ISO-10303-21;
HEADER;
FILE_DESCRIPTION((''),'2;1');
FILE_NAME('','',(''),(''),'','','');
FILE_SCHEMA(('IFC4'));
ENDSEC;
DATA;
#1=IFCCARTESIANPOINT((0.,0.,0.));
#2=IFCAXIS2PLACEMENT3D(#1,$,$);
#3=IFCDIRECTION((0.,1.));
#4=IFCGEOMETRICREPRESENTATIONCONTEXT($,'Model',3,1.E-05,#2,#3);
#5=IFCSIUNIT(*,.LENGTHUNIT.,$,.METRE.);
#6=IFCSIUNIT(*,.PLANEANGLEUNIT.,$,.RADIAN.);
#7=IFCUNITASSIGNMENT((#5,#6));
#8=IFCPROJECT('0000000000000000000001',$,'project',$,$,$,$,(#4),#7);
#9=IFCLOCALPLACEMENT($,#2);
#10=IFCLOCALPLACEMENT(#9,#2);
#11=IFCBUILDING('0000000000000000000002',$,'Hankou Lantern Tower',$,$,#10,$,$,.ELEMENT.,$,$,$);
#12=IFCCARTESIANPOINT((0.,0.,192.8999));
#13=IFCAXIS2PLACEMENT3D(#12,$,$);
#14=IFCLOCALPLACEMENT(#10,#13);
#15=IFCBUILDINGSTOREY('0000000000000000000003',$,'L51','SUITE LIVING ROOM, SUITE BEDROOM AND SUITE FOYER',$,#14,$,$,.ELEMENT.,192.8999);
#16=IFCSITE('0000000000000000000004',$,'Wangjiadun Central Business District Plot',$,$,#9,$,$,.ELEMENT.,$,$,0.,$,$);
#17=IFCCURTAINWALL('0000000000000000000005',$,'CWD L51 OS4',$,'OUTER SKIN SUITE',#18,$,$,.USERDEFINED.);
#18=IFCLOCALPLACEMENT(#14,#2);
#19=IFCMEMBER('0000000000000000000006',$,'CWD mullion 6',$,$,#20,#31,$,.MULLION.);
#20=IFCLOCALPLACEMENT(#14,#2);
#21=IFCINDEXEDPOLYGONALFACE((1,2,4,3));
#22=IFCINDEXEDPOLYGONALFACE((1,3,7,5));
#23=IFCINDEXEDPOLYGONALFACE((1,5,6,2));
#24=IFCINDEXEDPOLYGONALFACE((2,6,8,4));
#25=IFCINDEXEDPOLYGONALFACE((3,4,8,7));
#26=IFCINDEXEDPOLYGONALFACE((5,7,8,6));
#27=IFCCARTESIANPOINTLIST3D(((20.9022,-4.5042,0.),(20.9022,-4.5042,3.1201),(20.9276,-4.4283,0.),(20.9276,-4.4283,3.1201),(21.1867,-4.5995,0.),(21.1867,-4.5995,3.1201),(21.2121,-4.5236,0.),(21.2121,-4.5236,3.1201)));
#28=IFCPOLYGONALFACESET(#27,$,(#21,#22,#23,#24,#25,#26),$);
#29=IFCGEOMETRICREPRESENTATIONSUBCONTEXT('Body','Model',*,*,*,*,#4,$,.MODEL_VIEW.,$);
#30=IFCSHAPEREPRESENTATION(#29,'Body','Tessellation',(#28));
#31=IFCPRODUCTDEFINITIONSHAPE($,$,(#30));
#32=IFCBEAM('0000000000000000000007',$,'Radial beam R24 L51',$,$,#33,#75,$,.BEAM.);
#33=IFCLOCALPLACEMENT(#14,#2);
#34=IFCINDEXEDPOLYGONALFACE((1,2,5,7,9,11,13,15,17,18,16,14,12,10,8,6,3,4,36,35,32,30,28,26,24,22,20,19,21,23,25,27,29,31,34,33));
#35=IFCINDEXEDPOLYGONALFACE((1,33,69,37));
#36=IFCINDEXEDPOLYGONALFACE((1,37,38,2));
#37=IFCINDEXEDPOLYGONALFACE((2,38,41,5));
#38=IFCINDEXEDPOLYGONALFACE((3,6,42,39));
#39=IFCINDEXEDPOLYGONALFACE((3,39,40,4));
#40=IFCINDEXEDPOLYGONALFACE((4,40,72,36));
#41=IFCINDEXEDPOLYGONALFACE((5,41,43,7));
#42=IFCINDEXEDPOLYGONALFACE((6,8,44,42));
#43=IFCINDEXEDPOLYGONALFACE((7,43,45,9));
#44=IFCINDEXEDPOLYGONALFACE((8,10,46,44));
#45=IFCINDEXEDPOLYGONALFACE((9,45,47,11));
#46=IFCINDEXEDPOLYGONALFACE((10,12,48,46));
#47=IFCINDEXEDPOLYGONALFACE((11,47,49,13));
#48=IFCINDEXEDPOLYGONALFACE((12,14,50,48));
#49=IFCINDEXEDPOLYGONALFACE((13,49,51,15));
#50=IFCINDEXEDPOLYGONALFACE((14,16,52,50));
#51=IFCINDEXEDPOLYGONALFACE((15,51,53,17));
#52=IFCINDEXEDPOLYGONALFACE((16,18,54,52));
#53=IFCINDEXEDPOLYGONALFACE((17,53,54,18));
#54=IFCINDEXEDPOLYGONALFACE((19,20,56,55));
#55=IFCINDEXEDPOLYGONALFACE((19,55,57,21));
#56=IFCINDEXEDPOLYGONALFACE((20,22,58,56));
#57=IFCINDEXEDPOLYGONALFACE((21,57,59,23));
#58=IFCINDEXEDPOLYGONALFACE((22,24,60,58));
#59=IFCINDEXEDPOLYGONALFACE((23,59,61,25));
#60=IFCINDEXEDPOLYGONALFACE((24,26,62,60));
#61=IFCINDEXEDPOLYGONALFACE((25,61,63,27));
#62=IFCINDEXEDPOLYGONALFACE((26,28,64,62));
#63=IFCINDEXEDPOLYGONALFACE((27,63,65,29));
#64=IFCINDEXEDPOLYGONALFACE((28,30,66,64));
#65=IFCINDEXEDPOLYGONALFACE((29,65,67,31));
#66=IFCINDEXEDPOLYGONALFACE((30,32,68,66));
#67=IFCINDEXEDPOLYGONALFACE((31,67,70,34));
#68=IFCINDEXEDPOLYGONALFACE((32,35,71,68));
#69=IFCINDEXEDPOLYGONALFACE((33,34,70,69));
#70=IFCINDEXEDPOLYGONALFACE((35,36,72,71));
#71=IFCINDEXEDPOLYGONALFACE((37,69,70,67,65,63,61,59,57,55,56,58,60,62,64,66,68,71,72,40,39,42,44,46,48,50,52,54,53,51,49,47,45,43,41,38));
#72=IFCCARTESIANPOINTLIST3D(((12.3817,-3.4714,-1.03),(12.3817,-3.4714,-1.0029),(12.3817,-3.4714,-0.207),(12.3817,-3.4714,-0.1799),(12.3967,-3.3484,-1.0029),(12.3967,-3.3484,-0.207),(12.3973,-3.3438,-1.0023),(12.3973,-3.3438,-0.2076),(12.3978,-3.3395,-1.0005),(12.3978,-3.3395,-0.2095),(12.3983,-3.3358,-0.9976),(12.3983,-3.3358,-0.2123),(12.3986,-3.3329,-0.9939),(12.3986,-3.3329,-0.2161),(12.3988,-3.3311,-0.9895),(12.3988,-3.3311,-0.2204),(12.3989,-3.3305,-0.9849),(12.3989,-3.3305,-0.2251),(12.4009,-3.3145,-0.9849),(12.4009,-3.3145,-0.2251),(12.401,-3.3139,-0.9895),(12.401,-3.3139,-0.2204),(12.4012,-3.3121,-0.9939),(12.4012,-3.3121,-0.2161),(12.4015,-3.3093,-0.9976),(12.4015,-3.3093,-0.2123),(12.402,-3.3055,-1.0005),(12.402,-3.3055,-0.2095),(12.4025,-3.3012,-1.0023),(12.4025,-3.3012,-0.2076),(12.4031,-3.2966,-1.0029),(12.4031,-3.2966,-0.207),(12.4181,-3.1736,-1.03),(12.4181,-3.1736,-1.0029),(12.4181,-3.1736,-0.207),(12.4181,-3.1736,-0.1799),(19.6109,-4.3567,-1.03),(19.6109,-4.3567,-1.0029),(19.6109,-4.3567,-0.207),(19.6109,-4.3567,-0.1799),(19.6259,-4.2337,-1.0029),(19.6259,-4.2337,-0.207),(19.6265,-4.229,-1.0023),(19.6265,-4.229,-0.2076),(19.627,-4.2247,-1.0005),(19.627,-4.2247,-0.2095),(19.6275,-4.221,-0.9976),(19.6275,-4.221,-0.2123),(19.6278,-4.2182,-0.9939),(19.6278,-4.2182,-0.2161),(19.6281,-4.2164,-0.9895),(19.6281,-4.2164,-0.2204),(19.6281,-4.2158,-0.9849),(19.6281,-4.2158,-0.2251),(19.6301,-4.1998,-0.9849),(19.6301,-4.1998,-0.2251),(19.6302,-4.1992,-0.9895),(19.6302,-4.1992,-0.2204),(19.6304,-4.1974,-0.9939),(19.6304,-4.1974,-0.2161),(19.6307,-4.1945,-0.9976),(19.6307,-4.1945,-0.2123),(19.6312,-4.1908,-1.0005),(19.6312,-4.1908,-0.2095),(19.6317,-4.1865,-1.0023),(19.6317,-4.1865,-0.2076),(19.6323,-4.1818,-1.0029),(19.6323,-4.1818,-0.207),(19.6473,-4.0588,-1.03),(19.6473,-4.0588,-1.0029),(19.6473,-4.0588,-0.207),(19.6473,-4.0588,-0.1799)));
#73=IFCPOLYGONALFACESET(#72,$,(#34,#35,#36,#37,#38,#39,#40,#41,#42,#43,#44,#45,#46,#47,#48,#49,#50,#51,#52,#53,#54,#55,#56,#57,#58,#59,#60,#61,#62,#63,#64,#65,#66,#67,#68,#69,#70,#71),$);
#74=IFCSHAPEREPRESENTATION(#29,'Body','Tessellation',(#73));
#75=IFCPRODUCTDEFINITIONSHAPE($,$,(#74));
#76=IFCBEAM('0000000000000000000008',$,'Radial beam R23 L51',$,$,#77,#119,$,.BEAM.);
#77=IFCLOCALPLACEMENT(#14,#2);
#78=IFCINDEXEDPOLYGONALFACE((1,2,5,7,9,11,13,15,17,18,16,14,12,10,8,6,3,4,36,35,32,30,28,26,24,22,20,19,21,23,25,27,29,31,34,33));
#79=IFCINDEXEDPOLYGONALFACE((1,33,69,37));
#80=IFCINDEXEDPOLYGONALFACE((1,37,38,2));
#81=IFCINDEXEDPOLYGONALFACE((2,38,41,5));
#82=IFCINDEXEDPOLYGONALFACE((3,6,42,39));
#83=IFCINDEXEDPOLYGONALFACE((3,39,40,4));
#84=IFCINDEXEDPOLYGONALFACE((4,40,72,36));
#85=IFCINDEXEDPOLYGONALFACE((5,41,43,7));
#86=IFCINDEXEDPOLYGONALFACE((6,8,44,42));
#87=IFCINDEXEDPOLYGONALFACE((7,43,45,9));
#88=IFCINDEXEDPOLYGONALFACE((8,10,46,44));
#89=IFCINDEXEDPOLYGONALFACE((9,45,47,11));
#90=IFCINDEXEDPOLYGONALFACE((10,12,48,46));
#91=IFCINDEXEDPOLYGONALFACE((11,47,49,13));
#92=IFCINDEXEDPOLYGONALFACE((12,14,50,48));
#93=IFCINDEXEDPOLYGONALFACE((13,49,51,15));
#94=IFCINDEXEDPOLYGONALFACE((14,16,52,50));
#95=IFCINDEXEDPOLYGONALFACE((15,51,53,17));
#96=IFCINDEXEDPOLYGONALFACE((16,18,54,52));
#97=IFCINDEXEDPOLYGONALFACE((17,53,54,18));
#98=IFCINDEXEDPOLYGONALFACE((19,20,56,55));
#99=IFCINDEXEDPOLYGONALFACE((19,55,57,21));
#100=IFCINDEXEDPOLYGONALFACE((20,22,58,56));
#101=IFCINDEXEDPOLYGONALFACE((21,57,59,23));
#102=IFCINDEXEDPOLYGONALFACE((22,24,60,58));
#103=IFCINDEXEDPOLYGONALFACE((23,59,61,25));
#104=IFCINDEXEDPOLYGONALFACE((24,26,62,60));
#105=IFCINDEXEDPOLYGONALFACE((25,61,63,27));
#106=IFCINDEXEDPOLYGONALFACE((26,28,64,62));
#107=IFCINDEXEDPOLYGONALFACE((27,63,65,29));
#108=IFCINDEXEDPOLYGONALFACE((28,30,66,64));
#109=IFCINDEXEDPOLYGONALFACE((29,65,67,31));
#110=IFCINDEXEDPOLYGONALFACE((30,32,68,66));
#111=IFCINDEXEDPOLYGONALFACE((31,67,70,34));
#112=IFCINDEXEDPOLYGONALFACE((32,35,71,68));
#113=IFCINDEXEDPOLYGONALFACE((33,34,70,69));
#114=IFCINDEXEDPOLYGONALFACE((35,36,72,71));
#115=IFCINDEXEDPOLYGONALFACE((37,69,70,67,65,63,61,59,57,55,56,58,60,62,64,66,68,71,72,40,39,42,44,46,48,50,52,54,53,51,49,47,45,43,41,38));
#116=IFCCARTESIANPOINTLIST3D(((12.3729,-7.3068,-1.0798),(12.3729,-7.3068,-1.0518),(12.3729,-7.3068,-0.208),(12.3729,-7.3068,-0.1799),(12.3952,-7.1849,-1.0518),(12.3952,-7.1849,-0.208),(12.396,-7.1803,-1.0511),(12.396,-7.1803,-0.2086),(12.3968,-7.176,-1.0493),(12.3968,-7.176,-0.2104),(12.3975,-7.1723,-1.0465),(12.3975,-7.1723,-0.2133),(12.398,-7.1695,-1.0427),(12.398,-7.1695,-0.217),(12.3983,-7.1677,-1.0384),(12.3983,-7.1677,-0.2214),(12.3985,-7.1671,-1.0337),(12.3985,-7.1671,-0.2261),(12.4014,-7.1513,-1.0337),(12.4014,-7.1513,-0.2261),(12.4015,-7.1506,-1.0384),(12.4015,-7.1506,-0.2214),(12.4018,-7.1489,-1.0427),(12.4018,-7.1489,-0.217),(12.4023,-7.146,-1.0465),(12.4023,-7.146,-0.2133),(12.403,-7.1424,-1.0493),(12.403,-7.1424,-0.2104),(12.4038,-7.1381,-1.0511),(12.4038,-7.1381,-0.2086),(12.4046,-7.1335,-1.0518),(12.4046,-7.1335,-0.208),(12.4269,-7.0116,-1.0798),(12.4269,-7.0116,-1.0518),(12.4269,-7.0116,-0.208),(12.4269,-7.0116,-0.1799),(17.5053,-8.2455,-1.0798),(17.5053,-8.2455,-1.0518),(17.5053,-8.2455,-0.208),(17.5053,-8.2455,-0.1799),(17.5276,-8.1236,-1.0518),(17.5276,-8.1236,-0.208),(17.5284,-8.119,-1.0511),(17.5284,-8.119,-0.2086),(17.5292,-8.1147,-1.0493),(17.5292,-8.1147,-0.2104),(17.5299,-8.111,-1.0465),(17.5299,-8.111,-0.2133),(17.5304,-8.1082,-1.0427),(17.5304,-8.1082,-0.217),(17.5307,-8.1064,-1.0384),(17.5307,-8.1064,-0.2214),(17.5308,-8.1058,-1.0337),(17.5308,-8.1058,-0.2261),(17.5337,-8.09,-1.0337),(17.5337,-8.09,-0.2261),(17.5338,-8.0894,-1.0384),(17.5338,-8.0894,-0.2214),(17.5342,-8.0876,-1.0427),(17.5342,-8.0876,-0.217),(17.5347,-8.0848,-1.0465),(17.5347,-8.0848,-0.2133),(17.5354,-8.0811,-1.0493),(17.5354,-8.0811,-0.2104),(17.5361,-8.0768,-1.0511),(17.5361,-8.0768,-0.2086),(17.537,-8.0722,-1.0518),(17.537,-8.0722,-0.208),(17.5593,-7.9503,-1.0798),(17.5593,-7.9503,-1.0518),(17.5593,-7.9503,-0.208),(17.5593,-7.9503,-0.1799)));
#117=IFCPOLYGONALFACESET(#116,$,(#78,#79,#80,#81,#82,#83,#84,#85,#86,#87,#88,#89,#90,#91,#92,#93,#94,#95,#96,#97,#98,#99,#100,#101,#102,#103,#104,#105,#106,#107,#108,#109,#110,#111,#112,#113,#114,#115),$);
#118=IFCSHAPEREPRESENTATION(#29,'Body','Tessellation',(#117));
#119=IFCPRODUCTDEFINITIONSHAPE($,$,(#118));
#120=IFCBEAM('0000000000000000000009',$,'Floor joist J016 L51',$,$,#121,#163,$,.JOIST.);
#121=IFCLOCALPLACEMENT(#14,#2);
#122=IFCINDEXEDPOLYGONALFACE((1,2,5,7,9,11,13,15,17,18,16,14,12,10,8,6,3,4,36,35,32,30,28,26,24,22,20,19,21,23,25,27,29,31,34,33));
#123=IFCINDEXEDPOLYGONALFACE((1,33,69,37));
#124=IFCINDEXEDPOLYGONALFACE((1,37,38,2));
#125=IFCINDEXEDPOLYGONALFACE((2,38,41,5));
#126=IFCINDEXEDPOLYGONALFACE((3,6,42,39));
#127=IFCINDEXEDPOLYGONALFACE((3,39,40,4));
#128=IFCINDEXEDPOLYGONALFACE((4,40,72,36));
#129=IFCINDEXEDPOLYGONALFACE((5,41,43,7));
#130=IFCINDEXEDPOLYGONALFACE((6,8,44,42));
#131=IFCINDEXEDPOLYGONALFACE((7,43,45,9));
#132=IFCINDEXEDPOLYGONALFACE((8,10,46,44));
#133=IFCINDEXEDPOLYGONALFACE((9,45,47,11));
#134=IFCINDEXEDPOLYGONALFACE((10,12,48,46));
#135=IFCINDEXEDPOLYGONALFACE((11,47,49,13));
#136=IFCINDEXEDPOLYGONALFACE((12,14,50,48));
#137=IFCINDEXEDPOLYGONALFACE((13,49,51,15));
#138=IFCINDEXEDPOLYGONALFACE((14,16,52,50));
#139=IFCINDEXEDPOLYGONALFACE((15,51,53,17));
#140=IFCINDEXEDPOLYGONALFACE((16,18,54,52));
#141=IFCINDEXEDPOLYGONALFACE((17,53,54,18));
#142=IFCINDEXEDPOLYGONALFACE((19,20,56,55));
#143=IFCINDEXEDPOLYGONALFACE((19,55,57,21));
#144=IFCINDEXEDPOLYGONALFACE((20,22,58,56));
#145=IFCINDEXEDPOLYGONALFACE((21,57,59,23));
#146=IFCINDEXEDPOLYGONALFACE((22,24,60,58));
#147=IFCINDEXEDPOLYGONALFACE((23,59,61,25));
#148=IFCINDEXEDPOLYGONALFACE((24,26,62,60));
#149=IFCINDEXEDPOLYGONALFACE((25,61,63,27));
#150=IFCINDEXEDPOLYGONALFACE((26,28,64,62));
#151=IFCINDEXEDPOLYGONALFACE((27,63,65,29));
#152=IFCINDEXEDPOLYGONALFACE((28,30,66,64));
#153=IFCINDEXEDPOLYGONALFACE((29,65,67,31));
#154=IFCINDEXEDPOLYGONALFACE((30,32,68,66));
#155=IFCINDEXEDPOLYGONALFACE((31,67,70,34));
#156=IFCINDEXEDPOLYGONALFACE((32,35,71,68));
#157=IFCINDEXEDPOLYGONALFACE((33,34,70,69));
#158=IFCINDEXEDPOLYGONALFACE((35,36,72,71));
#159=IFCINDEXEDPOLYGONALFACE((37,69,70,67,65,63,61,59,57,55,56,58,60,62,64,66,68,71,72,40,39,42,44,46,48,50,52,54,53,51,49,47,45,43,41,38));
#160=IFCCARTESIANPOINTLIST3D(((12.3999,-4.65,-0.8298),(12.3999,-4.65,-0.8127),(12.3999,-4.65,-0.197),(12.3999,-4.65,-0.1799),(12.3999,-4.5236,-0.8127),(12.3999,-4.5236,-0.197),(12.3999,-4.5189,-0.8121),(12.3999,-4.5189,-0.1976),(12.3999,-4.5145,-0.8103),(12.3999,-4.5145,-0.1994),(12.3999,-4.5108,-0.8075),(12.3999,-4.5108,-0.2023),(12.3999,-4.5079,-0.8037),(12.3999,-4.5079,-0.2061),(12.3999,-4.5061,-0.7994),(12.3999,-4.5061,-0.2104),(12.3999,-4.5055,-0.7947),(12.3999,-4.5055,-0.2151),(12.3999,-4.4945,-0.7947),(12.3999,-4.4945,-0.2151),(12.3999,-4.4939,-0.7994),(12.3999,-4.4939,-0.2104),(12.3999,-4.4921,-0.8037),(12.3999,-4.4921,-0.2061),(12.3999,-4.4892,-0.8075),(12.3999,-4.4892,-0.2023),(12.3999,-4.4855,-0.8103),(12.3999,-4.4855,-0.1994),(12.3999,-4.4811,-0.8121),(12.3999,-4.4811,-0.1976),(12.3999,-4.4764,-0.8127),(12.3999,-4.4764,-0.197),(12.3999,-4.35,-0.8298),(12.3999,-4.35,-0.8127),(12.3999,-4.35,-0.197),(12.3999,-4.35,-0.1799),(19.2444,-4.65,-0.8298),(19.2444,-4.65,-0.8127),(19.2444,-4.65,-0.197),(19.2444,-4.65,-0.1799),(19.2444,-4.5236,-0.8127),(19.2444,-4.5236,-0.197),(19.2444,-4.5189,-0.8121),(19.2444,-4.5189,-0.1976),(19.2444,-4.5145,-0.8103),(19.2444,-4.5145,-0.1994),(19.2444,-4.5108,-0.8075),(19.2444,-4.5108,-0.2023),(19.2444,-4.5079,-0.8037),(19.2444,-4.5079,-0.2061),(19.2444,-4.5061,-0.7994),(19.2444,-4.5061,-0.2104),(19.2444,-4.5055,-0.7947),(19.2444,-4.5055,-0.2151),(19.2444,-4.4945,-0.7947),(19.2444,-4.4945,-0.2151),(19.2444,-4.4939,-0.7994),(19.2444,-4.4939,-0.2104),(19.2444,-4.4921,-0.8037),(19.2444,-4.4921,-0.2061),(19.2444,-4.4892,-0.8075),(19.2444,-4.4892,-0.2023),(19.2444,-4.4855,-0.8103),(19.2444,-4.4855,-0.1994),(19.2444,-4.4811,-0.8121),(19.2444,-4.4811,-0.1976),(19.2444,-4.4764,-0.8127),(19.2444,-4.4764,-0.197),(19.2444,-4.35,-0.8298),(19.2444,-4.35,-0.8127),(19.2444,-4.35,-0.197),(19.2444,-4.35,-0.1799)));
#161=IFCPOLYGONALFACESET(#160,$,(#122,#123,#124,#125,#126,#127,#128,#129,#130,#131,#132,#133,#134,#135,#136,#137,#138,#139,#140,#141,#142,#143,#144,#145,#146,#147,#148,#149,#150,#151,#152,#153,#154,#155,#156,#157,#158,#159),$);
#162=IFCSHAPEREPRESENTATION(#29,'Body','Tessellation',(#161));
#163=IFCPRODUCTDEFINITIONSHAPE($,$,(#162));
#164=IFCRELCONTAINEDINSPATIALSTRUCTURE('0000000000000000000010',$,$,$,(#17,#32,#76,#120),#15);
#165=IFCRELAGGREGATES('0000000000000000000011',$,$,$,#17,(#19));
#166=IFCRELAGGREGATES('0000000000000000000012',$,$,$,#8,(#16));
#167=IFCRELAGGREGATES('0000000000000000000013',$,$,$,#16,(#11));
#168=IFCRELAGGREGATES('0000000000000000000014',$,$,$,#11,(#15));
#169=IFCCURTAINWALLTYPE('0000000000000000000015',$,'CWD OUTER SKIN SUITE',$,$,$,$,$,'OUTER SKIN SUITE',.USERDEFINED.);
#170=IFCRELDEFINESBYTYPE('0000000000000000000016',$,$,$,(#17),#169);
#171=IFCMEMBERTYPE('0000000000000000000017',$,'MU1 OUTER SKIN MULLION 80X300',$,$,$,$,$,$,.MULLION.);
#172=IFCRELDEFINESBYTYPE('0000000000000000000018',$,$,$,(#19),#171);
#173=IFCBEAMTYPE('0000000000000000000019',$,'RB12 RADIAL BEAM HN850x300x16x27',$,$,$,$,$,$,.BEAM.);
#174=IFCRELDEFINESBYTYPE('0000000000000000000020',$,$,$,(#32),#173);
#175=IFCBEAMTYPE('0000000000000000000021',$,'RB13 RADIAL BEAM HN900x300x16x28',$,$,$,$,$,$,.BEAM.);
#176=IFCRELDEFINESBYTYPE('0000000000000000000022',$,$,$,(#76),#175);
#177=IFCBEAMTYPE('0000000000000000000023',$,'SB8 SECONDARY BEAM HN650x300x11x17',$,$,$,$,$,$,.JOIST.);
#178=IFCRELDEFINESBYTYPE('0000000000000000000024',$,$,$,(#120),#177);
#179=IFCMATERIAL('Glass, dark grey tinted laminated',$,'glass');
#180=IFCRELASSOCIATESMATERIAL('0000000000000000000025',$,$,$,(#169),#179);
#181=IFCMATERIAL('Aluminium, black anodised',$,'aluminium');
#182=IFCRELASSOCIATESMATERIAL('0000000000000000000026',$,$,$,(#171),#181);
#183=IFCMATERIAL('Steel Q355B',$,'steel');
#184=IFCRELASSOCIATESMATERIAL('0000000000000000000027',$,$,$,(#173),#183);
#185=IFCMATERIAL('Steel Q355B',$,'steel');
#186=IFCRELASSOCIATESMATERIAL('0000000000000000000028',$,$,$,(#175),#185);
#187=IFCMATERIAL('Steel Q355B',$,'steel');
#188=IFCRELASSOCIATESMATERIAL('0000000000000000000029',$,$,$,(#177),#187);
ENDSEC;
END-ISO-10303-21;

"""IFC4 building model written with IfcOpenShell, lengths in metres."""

from ifc_helpers import new_model, si_unit, direction, frame, origin, origin_2d, place, context, subcontext, project, spatial, rectangle, i_section, extrude, material, material_profile, profile_set, type_object, element, aggregate, save


model = new_model("IFC4")

# Units and contexts
model_context = context("Model", 3, precision=1e-05, world=origin(), true_north=direction((0.0, 1.0)))
body_context = subcontext(model_context, "Body", "Model", "MODEL_VIEW")
ifc_project = project(units=[si_unit("LENGTHUNIT", "METRE"), si_unit("PLANEANGLEUNIT", "RADIAN")], contexts=[model_context])

# Site, building, storey
site_placement = place(None, origin())
site = spatial("IfcSite", under=ifc_project, at=site_placement, Name="Wangjiadun Central Business District Plot", CompositionType="ELEMENT", RefElevation=0.0)
building_placement = place(site_placement, origin())
building = spatial("IfcBuilding", under=site, at=building_placement, Name="Hankou Lantern Tower", CompositionType="ELEMENT")
storey_placement = place(building_placement, frame((0.0, 0.0, 192.8999)))
storey = spatial("IfcBuildingStorey", under=building, at=storey_placement, Name="L51", Description="SUITE LIVING ROOM, SUITE BEDROOM AND SUITE FOYER", CompositionType="ELEMENT", Elevation=192.8999)

# Curtain wall, member
ifc_material_1 = material(Name="Glass, dark grey tinted laminated", Category="glass")
curtain_wall_type = type_object("IfcCurtainWallType", Name="CWD OUTER SKIN SUITE", ElementType="OUTER SKIN SUITE", PredefinedType="USERDEFINED", material=ifc_material_1)
curtain_wall_placement = place(storey_placement, origin())
curtain_wall = element("IfcCurtainWall", 1, at=curtain_wall_placement, inside=storey, type_object=curtain_wall_type, Name="CWD L51 OS4", ObjectType="OUTER SKIN SUITE", PredefinedType="USERDEFINED")
ifc_material_2 = material(Name="Aluminium, black anodised", Category="aluminium")
ifc_material_profile_1 = material_profile(ifc_material_2, rectangle(XDim=0.0801, YDim=0.3, at=origin_2d()), Name="MU1 80X300")
ifc_profile_set_1 = profile_set([ifc_material_profile_1], Name="Aluminium, black anodised")
member_type_1 = type_object("IfcMemberType", Name="MU1 OUTER SKIN MULLION 80X300", PredefinedType="MULLION", material=ifc_profile_set_1)
member_1_placement = place(storey_placement, frame((21.0571, -4.5139, 0.0), z_axis=(0.0, 0.0, 1.0), x_axis=(0.317596, 0.948226, 0.0)))
member_1 = element("IfcMember", 2, at=member_1_placement, type_object=member_type_1, Name="CWD mullion 6", PredefinedType="MULLION", context=body_context, shape_type="SweptSolid", body=[
    extrude(rectangle(XDim=0.0801, YDim=0.3, at=origin_2d()), origin(), (0.0, 0.0, 1.0), 3.1201),
])

# Beams
ifc_material_3 = material(Name="Steel Q355B", Category="steel")
ifc_material_profile_2 = material_profile(ifc_material_3, i_section(OverallWidth=0.3, OverallDepth=0.8501, WebThickness=0.0161, FlangeThickness=0.0271, FilletRadius=0.0181, at=origin_2d()), Name="HN850x300x16x27")
ifc_profile_set_2 = profile_set([ifc_material_profile_2], Name="Steel Q355B")
beam_type_1 = type_object("IfcBeamType", Name="RB12 RADIAL BEAM HN850x300x16x27", PredefinedType="BEAM", material=ifc_profile_set_2)
beam_1_placement = place(storey_placement, frame((12.3999, -3.3225, -0.605), z_axis=(0.992586, -0.121547, 0.0), x_axis=(0.121547, 0.992586, 0.0)))
element("IfcBeam", 3, at=beam_1_placement, inside=storey, type_object=beam_type_1, Name="Radial beam R24 L51", PredefinedType="BEAM", context=body_context, shape_type="SweptSolid", body=[
    extrude(i_section(OverallWidth=0.3, OverallDepth=0.8501, WebThickness=0.0161, FlangeThickness=0.0271, FilletRadius=0.0181, at=origin_2d()), origin(), (0.0, 0.0, 1.0), 7.2832),
])
ifc_material_4 = material(Name="Steel Q355B", Category="steel")
ifc_material_profile_3 = material_profile(ifc_material_4, i_section(OverallWidth=0.3, OverallDepth=0.8999, WebThickness=0.0161, FlangeThickness=0.0281, FilletRadius=0.0181, at=origin_2d()), Name="HN900x300x16x28")
ifc_profile_set_3 = profile_set([ifc_material_profile_3], Name="Steel Q355B")
beam_type_2 = type_object("IfcBeamType", Name="RB13 RADIAL BEAM HN900x300x16x28", PredefinedType="BEAM", material=ifc_profile_set_3)
beam_2_placement = place(storey_placement, frame((12.3999, -7.1592, -0.6299), z_axis=(0.983681, -0.179919, 0.0), x_axis=(0.179919, 0.983681, 0.0)))
element("IfcBeam", 4, at=beam_2_placement, inside=storey, type_object=beam_type_2, Name="Radial beam R23 L51", PredefinedType="BEAM", context=body_context, shape_type="SweptSolid", body=[
    extrude(i_section(OverallWidth=0.3, OverallDepth=0.8999, WebThickness=0.0161, FlangeThickness=0.0281, FilletRadius=0.0181, at=origin_2d()), origin(), (0.0, 0.0, 1.0), 5.2175),
])
ifc_material_5 = material(Name="Steel Q355B", Category="steel")
ifc_material_profile_4 = material_profile(ifc_material_5, i_section(OverallWidth=0.3, OverallDepth=0.6499, WebThickness=0.011, FlangeThickness=0.0171, FilletRadius=0.0181, at=origin_2d()), Name="HN650x300x11x17")
ifc_profile_set_4 = profile_set([ifc_material_profile_4], Name="Steel Q355B")
beam_type_3 = type_object("IfcBeamType", Name="SB8 SECONDARY BEAM HN650x300x11x17", PredefinedType="JOIST", material=ifc_profile_set_4)
beam_3_placement = place(storey_placement, frame((12.3999, -4.5, -0.5049), z_axis=(1.0, 0.0, 0.0), x_axis=(0.0, 1.0, 0.0)))
element("IfcBeam", 5, at=beam_3_placement, inside=storey, type_object=beam_type_3, Name="Floor joist J016 L51", PredefinedType="JOIST", context=body_context, shape_type="SweptSolid", body=[
    extrude(i_section(OverallWidth=0.3, OverallDepth=0.6499, WebThickness=0.011, FlangeThickness=0.0171, FilletRadius=0.0181, at=origin_2d()), origin(), (0.0, 0.0, 1.0), 6.8445),
])

aggregate(curtain_wall, [member_1])

save(model, "model.ifc")
